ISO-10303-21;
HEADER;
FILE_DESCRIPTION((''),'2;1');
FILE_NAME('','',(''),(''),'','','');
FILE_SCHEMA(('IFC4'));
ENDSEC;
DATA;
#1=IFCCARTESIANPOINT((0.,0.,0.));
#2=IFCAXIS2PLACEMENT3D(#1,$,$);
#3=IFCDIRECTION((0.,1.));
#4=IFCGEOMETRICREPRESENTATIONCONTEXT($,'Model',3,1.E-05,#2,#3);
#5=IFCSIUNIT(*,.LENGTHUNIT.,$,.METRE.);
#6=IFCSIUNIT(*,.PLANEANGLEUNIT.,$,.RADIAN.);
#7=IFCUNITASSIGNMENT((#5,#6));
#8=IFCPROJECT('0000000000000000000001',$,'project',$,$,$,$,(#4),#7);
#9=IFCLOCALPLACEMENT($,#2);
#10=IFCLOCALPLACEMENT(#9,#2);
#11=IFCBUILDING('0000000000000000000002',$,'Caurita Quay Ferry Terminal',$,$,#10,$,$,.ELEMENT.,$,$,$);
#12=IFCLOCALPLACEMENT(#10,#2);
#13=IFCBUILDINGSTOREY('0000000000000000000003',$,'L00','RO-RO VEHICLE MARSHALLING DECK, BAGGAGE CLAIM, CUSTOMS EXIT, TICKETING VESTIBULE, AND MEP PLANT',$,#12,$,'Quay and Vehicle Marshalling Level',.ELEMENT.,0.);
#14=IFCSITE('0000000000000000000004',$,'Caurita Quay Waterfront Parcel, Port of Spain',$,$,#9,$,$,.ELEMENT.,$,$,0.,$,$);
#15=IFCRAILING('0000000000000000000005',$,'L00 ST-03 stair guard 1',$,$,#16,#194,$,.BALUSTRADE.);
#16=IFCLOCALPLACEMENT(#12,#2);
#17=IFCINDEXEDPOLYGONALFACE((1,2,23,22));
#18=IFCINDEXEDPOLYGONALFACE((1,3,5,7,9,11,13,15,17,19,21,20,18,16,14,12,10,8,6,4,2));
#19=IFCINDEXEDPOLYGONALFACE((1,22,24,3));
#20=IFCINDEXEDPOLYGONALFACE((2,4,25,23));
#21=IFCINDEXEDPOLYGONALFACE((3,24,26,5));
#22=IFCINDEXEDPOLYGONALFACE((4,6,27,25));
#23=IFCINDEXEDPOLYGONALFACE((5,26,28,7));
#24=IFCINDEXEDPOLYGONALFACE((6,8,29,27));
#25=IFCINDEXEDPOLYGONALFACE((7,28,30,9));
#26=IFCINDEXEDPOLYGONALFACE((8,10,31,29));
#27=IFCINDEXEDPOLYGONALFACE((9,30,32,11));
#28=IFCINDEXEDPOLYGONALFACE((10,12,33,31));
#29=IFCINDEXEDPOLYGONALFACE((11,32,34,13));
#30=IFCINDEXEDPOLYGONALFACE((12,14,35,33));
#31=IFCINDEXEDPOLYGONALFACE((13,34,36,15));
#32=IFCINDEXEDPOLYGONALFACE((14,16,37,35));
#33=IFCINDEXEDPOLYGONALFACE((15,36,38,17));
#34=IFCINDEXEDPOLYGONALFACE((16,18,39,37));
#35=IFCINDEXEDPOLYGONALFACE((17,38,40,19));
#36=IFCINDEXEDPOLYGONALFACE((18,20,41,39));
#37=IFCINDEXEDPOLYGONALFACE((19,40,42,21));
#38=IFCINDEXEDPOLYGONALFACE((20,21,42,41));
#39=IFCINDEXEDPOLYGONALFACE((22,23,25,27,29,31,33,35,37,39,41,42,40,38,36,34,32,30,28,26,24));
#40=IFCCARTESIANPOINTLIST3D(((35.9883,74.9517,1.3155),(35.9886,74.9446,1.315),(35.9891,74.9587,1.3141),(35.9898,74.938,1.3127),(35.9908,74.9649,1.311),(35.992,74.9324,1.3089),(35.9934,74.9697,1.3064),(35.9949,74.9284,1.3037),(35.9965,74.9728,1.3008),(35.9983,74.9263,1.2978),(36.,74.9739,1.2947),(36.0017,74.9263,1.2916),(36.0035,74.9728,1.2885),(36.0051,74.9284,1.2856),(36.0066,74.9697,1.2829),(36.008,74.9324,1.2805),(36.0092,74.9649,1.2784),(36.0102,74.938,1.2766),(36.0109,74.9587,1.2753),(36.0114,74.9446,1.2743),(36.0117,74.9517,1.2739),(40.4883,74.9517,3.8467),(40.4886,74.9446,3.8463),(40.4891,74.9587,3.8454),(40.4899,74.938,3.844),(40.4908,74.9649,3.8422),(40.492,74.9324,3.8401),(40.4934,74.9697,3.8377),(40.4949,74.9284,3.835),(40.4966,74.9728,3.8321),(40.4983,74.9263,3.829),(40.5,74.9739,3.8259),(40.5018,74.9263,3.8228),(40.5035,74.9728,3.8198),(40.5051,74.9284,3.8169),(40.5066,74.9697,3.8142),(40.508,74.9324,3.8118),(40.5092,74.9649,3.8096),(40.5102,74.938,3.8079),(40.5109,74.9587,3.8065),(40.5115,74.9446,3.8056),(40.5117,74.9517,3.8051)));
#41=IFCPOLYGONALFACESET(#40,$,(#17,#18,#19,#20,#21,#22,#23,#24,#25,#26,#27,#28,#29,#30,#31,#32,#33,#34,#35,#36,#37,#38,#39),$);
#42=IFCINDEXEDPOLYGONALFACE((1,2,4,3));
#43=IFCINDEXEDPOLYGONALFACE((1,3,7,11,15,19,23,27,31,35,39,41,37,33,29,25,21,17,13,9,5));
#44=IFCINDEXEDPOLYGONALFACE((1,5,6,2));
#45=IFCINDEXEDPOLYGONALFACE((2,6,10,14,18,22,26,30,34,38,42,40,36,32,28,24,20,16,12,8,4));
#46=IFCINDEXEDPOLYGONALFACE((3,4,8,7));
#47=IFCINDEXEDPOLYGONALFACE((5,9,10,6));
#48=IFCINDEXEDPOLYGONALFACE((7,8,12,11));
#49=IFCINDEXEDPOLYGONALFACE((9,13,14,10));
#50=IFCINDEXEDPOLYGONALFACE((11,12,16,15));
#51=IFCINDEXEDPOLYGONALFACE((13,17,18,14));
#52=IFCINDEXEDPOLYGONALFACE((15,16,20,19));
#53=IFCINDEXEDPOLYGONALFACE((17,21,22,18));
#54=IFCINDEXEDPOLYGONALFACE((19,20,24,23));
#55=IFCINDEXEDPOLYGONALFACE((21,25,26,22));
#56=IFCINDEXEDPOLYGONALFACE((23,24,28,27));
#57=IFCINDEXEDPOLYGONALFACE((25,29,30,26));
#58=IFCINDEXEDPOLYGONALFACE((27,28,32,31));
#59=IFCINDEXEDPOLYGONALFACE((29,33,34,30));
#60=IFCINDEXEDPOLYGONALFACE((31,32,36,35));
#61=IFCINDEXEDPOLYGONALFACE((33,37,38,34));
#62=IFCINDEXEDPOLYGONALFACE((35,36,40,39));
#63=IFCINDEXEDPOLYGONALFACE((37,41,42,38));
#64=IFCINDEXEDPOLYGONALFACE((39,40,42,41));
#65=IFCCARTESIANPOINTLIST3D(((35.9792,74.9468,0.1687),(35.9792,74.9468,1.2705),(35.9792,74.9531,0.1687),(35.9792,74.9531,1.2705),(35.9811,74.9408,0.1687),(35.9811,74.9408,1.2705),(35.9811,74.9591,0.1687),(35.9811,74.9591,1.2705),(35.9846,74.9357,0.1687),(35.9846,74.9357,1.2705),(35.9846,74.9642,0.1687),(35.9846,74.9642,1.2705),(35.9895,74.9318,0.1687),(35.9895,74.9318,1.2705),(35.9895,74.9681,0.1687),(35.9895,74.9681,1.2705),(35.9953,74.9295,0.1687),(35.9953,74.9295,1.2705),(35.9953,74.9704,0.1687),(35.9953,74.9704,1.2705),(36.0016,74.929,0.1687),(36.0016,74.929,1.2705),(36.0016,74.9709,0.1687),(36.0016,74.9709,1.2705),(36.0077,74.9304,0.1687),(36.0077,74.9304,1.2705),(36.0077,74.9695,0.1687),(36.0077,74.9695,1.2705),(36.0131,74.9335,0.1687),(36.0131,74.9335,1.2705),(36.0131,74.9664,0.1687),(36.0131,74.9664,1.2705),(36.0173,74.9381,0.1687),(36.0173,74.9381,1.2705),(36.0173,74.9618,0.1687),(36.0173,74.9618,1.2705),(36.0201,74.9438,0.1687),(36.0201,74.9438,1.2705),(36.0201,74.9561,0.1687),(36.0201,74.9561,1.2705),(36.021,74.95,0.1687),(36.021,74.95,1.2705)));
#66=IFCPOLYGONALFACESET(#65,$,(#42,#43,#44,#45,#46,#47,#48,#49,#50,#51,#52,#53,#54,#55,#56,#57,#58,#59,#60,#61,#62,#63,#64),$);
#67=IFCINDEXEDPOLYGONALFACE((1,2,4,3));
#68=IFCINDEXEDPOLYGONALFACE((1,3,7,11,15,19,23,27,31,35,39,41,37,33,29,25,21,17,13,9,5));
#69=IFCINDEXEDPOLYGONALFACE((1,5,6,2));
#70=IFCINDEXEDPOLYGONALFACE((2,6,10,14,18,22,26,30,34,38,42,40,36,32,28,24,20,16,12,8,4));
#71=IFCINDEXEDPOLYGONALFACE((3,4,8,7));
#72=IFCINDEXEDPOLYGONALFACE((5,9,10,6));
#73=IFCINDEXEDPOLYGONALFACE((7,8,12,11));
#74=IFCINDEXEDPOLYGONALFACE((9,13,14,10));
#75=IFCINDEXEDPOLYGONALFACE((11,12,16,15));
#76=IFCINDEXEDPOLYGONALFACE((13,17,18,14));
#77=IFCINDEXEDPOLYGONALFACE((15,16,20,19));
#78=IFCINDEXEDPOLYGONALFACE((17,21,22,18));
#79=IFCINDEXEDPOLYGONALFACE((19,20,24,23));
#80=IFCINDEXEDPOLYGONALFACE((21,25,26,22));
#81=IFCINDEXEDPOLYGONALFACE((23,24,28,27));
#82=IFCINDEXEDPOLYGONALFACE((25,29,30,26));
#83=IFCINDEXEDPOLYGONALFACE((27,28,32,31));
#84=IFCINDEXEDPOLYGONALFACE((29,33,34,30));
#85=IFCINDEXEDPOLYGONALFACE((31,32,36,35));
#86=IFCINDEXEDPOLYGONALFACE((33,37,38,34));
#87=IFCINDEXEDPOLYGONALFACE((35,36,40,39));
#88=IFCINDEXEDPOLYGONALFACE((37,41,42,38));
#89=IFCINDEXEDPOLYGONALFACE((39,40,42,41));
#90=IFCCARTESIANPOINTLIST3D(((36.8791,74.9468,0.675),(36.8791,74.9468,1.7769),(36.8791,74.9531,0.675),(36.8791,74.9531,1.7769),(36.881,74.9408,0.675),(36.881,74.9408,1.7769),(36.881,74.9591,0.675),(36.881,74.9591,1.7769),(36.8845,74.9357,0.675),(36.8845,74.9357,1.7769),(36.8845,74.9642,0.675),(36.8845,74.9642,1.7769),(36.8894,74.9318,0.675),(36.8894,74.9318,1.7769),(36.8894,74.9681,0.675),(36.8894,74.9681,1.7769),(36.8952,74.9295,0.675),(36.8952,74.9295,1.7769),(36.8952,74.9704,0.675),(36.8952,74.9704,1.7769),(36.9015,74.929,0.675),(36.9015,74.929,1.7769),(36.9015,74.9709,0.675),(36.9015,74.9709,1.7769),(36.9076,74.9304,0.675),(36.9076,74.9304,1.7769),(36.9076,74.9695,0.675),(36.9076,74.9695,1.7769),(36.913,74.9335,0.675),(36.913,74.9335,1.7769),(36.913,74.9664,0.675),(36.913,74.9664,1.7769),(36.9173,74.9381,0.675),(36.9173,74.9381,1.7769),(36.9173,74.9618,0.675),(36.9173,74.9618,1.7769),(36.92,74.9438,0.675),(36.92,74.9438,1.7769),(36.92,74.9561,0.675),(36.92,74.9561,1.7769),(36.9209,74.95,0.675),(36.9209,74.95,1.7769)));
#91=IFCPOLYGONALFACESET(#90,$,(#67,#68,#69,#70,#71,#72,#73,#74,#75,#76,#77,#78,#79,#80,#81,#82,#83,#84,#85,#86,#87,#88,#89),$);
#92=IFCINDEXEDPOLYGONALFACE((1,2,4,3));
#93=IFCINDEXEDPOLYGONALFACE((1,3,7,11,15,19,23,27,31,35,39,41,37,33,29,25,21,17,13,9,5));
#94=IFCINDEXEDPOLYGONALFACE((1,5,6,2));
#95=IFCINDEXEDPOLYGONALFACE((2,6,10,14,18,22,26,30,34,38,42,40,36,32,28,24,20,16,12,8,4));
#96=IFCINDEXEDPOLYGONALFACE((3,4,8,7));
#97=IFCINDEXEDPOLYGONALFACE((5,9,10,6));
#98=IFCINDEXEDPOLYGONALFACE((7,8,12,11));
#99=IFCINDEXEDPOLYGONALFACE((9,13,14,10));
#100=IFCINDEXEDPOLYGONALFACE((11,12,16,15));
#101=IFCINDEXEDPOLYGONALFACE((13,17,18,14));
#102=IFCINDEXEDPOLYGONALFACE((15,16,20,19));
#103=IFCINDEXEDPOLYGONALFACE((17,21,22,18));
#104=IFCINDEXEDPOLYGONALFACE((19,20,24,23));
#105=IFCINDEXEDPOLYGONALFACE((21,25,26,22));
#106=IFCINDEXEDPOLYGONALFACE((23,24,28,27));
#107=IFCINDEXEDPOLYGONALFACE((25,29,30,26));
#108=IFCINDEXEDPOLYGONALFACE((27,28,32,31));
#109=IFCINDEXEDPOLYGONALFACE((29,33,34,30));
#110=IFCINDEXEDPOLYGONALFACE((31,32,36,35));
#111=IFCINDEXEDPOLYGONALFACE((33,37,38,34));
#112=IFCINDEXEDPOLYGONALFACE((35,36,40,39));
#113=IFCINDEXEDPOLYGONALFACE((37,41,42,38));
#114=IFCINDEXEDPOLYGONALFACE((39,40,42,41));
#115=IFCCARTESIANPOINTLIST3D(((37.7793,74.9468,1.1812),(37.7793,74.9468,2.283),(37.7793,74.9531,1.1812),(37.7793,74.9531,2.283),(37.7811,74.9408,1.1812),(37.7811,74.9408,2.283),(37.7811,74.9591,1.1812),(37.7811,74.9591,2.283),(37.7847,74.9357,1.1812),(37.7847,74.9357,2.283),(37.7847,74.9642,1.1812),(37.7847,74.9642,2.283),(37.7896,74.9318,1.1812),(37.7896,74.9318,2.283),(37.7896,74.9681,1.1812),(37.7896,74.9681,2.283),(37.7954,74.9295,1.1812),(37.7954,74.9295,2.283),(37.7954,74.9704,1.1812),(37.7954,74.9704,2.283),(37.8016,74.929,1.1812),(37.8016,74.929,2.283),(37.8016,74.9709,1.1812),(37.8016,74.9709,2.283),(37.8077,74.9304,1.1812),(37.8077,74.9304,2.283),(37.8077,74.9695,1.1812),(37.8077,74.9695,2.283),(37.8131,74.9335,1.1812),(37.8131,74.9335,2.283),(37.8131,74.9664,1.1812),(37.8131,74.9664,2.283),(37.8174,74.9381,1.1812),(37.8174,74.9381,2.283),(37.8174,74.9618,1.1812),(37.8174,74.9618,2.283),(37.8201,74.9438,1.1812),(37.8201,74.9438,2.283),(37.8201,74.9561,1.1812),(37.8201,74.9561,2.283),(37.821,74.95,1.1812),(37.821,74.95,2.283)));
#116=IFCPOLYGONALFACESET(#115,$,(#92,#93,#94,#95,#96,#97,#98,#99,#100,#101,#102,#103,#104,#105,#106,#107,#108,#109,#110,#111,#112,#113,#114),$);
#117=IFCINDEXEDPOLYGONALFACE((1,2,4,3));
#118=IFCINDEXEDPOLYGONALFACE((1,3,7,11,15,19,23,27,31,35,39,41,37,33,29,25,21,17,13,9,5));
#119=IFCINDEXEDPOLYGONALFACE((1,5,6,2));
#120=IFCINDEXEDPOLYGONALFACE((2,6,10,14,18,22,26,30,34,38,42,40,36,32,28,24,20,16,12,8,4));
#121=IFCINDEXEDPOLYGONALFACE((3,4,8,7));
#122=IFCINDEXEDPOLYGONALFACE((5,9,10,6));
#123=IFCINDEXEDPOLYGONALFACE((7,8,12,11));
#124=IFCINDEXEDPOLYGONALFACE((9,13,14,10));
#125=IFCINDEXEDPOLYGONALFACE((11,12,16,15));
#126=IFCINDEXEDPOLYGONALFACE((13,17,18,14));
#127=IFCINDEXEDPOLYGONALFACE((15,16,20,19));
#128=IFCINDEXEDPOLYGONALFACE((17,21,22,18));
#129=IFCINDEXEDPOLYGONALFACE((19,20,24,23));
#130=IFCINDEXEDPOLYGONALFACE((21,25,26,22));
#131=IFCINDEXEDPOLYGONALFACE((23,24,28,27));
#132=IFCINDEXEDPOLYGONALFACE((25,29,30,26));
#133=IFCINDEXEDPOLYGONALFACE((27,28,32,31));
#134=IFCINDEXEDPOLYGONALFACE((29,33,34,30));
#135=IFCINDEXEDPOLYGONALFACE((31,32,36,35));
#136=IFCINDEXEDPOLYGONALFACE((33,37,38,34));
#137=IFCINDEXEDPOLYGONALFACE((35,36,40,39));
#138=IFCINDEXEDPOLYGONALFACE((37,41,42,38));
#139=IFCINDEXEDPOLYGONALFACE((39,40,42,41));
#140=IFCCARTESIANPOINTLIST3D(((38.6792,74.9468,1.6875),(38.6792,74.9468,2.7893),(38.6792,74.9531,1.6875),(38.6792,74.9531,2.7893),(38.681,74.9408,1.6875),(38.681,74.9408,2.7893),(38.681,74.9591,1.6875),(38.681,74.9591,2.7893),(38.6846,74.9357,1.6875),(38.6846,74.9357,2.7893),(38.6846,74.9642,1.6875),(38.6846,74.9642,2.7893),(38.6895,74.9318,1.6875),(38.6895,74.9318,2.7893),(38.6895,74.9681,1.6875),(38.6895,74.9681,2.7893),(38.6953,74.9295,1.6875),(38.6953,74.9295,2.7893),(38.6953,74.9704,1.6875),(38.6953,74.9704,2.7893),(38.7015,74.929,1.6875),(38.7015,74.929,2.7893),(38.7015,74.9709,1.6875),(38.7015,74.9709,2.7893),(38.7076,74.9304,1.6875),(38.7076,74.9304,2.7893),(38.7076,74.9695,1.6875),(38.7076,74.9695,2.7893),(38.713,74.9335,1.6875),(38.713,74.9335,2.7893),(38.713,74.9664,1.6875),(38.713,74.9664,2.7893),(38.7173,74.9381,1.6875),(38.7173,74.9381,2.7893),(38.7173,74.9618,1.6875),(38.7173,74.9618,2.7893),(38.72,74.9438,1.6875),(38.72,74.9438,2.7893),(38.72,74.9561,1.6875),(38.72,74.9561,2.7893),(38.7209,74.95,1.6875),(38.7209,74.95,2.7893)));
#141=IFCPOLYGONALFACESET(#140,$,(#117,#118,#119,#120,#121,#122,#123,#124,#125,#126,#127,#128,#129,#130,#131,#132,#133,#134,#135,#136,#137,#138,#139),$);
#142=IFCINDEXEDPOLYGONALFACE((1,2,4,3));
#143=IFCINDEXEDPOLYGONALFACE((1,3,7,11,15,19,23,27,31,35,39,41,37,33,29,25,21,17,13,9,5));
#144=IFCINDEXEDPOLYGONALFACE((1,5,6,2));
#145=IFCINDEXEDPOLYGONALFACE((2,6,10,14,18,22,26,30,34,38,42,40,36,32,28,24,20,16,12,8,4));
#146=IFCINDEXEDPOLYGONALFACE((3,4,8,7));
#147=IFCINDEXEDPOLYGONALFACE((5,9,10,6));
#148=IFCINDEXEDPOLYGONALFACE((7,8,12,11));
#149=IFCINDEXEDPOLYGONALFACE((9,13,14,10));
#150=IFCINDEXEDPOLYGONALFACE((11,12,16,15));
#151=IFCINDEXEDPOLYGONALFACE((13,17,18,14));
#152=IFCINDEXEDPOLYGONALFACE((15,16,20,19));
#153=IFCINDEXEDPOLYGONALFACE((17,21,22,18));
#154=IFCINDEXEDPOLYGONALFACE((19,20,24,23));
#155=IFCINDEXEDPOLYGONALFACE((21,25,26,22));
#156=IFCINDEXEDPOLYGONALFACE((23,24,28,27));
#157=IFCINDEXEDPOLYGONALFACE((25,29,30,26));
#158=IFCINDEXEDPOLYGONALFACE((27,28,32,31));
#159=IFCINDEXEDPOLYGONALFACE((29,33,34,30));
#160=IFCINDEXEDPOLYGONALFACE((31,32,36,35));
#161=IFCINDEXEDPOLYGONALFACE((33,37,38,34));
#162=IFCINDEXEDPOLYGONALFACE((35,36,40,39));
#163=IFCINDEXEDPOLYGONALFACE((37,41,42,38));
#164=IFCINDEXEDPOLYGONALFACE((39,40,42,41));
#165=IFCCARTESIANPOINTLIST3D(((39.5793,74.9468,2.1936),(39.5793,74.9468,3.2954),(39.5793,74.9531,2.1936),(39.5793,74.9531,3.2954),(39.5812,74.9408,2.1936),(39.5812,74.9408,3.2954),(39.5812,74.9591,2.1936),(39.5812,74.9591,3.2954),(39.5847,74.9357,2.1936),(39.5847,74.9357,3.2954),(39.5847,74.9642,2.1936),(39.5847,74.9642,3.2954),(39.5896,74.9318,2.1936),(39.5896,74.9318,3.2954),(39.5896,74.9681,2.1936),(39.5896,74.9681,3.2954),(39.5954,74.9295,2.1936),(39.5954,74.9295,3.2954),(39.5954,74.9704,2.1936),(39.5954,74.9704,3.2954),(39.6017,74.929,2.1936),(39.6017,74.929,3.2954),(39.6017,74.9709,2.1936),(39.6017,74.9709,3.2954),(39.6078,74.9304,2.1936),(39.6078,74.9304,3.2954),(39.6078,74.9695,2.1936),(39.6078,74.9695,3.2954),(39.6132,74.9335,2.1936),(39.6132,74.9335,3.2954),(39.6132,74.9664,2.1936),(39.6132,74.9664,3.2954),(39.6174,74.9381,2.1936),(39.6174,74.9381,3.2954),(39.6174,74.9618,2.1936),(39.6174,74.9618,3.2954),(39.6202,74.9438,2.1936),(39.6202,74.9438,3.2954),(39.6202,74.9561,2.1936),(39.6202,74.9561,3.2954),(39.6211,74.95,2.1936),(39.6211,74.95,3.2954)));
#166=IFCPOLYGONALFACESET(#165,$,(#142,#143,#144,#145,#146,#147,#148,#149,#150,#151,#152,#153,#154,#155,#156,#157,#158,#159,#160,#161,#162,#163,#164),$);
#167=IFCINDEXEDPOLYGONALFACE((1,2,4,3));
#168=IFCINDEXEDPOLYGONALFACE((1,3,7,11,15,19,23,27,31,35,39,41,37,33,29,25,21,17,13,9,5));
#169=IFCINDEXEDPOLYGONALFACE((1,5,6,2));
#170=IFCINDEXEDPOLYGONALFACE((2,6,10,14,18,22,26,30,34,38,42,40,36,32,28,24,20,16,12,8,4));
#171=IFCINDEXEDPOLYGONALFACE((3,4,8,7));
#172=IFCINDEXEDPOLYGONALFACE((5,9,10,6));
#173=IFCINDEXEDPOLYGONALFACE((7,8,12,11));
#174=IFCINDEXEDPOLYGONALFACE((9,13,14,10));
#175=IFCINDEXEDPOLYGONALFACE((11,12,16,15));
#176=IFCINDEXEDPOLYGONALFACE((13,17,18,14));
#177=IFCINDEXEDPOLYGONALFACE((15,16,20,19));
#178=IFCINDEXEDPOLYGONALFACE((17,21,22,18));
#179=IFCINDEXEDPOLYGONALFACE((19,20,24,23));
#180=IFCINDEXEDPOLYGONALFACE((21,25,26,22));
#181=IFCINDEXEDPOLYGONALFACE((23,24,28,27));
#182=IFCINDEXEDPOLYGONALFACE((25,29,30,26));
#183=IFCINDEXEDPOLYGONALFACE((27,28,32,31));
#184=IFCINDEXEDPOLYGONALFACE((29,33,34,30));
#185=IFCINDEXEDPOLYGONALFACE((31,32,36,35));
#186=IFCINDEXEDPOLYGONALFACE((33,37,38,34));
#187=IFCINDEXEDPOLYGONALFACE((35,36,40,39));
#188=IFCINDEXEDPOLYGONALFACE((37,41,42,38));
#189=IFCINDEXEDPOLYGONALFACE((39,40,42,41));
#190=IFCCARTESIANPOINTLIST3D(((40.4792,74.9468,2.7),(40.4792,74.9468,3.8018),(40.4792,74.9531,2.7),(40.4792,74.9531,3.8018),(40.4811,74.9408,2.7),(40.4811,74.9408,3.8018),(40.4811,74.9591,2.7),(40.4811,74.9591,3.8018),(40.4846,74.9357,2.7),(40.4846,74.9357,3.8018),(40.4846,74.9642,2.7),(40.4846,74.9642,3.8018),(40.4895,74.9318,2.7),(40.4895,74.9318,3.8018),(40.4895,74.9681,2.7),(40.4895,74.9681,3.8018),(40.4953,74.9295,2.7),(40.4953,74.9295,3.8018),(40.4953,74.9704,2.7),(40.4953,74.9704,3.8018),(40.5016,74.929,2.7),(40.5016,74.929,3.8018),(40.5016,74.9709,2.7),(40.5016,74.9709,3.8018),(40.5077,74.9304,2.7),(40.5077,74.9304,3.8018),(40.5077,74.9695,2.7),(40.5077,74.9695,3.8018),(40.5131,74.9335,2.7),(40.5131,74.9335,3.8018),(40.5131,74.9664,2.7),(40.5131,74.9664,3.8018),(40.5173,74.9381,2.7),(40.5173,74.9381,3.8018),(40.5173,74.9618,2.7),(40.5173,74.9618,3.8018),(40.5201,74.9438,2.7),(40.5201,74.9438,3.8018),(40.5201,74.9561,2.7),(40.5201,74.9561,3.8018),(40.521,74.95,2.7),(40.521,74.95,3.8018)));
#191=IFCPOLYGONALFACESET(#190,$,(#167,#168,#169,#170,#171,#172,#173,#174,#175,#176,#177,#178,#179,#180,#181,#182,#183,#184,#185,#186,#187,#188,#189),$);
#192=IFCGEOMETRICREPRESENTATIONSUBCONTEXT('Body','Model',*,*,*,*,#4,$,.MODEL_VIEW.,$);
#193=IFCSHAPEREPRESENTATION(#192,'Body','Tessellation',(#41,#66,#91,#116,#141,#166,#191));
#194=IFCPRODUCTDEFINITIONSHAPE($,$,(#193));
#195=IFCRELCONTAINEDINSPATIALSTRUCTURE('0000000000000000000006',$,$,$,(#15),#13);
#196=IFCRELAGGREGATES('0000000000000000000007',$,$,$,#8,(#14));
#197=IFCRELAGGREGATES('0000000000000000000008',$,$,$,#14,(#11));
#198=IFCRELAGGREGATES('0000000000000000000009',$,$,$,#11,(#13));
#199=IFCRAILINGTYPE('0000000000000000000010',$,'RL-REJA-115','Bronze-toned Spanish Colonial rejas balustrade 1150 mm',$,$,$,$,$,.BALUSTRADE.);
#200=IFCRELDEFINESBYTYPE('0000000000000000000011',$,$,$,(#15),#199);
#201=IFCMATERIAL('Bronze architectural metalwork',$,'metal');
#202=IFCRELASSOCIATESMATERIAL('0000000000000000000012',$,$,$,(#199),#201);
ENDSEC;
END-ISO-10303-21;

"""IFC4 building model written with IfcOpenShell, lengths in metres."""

from ifc_helpers import new_model, si_unit, direction, frame, origin, origin_2d, place, context, subcontext, project, spatial, circle, extrude, material, type_object, element, save


model = new_model("IFC4")

# Units and contexts
model_context = context("Model", 3, precision=1e-05, world=origin(), true_north=direction((0.0, 1.0)))
body_context = subcontext(model_context, "Body", "Model", "MODEL_VIEW")
ifc_project = project(units=[si_unit("LENGTHUNIT", "METRE"), si_unit("PLANEANGLEUNIT", "RADIAN")], contexts=[model_context])

# Site, building, storey
site_placement = place(None, origin())
site = spatial("IfcSite", under=ifc_project, at=site_placement, Name="Caurita Quay Waterfront Parcel, Port of Spain", CompositionType="ELEMENT", RefElevation=0.0)
building_placement = place(site_placement, origin())
building = spatial("IfcBuilding", under=site, at=building_placement, Name="Caurita Quay Ferry Terminal", CompositionType="ELEMENT")
storey_placement = place(building_placement, origin())
storey = spatial("IfcBuildingStorey", under=building, at=storey_placement, Name="L00", Description="RO-RO VEHICLE MARSHALLING DECK, BAGGAGE CLAIM, CUSTOMS EXIT, TICKETING VESTIBULE, AND MEP PLANT", LongName="Quay and Vehicle Marshalling Level", CompositionType="ELEMENT", Elevation=0.0)

# Railing
ifc_material_1 = material(Name="Bronze architectural metalwork", Category="metal")
railing_type_1 = type_object("IfcRailingType", Name="RL-REJA-115", Description="Bronze-toned Spanish Colonial rejas balustrade 1150 mm", PredefinedType="BALUSTRADE", material=ifc_material_1)
railing_1_placement = place(storey_placement, frame((36.0, 74.95, 0.1687)))
element("IfcRailing", 1, at=railing_1_placement, inside=storey, type_object=railing_type_1, Name="L00 ST-03 stair guard 1", PredefinedType="BALUSTRADE", context=body_context, shape_type="SweptSolid", body=[
    extrude(circle(Radius=0.0239, at=origin_2d()), frame((0.0, 0.0, 1.126), z_axis=(0.871576, 0.0, 0.490261), x_axis=(0.0, 1.0, 0.0)), (0.0, 0.0, 1.0), 5.1631),
    extrude(circle(Radius=0.021, at=origin_2d()), origin(), (0.0, 0.0, 1.0), 1.1018),
    extrude(circle(Radius=0.021, at=origin_2d()), frame((0.8999, 0.0, 0.5063)), (0.0, 0.0, 1.0), 1.1018),
    extrude(circle(Radius=0.021, at=origin_2d()), frame((1.8, 0.0, 1.0125)), (0.0, 0.0, 1.0), 1.1018),
    extrude(circle(Radius=0.021, at=origin_2d()), frame((2.7, 0.0, 1.5188)), (0.0, 0.0, 1.0), 1.1018),
    extrude(circle(Radius=0.021, at=origin_2d()), frame((3.6001, 0.0, 2.0249)), (0.0, 0.0, 1.0), 1.1018),
    extrude(circle(Radius=0.021, at=origin_2d()), frame((4.5, 0.0, 2.5312)), (0.0, 0.0, 1.0), 1.1018),
])

save(model, "model.ifc")
